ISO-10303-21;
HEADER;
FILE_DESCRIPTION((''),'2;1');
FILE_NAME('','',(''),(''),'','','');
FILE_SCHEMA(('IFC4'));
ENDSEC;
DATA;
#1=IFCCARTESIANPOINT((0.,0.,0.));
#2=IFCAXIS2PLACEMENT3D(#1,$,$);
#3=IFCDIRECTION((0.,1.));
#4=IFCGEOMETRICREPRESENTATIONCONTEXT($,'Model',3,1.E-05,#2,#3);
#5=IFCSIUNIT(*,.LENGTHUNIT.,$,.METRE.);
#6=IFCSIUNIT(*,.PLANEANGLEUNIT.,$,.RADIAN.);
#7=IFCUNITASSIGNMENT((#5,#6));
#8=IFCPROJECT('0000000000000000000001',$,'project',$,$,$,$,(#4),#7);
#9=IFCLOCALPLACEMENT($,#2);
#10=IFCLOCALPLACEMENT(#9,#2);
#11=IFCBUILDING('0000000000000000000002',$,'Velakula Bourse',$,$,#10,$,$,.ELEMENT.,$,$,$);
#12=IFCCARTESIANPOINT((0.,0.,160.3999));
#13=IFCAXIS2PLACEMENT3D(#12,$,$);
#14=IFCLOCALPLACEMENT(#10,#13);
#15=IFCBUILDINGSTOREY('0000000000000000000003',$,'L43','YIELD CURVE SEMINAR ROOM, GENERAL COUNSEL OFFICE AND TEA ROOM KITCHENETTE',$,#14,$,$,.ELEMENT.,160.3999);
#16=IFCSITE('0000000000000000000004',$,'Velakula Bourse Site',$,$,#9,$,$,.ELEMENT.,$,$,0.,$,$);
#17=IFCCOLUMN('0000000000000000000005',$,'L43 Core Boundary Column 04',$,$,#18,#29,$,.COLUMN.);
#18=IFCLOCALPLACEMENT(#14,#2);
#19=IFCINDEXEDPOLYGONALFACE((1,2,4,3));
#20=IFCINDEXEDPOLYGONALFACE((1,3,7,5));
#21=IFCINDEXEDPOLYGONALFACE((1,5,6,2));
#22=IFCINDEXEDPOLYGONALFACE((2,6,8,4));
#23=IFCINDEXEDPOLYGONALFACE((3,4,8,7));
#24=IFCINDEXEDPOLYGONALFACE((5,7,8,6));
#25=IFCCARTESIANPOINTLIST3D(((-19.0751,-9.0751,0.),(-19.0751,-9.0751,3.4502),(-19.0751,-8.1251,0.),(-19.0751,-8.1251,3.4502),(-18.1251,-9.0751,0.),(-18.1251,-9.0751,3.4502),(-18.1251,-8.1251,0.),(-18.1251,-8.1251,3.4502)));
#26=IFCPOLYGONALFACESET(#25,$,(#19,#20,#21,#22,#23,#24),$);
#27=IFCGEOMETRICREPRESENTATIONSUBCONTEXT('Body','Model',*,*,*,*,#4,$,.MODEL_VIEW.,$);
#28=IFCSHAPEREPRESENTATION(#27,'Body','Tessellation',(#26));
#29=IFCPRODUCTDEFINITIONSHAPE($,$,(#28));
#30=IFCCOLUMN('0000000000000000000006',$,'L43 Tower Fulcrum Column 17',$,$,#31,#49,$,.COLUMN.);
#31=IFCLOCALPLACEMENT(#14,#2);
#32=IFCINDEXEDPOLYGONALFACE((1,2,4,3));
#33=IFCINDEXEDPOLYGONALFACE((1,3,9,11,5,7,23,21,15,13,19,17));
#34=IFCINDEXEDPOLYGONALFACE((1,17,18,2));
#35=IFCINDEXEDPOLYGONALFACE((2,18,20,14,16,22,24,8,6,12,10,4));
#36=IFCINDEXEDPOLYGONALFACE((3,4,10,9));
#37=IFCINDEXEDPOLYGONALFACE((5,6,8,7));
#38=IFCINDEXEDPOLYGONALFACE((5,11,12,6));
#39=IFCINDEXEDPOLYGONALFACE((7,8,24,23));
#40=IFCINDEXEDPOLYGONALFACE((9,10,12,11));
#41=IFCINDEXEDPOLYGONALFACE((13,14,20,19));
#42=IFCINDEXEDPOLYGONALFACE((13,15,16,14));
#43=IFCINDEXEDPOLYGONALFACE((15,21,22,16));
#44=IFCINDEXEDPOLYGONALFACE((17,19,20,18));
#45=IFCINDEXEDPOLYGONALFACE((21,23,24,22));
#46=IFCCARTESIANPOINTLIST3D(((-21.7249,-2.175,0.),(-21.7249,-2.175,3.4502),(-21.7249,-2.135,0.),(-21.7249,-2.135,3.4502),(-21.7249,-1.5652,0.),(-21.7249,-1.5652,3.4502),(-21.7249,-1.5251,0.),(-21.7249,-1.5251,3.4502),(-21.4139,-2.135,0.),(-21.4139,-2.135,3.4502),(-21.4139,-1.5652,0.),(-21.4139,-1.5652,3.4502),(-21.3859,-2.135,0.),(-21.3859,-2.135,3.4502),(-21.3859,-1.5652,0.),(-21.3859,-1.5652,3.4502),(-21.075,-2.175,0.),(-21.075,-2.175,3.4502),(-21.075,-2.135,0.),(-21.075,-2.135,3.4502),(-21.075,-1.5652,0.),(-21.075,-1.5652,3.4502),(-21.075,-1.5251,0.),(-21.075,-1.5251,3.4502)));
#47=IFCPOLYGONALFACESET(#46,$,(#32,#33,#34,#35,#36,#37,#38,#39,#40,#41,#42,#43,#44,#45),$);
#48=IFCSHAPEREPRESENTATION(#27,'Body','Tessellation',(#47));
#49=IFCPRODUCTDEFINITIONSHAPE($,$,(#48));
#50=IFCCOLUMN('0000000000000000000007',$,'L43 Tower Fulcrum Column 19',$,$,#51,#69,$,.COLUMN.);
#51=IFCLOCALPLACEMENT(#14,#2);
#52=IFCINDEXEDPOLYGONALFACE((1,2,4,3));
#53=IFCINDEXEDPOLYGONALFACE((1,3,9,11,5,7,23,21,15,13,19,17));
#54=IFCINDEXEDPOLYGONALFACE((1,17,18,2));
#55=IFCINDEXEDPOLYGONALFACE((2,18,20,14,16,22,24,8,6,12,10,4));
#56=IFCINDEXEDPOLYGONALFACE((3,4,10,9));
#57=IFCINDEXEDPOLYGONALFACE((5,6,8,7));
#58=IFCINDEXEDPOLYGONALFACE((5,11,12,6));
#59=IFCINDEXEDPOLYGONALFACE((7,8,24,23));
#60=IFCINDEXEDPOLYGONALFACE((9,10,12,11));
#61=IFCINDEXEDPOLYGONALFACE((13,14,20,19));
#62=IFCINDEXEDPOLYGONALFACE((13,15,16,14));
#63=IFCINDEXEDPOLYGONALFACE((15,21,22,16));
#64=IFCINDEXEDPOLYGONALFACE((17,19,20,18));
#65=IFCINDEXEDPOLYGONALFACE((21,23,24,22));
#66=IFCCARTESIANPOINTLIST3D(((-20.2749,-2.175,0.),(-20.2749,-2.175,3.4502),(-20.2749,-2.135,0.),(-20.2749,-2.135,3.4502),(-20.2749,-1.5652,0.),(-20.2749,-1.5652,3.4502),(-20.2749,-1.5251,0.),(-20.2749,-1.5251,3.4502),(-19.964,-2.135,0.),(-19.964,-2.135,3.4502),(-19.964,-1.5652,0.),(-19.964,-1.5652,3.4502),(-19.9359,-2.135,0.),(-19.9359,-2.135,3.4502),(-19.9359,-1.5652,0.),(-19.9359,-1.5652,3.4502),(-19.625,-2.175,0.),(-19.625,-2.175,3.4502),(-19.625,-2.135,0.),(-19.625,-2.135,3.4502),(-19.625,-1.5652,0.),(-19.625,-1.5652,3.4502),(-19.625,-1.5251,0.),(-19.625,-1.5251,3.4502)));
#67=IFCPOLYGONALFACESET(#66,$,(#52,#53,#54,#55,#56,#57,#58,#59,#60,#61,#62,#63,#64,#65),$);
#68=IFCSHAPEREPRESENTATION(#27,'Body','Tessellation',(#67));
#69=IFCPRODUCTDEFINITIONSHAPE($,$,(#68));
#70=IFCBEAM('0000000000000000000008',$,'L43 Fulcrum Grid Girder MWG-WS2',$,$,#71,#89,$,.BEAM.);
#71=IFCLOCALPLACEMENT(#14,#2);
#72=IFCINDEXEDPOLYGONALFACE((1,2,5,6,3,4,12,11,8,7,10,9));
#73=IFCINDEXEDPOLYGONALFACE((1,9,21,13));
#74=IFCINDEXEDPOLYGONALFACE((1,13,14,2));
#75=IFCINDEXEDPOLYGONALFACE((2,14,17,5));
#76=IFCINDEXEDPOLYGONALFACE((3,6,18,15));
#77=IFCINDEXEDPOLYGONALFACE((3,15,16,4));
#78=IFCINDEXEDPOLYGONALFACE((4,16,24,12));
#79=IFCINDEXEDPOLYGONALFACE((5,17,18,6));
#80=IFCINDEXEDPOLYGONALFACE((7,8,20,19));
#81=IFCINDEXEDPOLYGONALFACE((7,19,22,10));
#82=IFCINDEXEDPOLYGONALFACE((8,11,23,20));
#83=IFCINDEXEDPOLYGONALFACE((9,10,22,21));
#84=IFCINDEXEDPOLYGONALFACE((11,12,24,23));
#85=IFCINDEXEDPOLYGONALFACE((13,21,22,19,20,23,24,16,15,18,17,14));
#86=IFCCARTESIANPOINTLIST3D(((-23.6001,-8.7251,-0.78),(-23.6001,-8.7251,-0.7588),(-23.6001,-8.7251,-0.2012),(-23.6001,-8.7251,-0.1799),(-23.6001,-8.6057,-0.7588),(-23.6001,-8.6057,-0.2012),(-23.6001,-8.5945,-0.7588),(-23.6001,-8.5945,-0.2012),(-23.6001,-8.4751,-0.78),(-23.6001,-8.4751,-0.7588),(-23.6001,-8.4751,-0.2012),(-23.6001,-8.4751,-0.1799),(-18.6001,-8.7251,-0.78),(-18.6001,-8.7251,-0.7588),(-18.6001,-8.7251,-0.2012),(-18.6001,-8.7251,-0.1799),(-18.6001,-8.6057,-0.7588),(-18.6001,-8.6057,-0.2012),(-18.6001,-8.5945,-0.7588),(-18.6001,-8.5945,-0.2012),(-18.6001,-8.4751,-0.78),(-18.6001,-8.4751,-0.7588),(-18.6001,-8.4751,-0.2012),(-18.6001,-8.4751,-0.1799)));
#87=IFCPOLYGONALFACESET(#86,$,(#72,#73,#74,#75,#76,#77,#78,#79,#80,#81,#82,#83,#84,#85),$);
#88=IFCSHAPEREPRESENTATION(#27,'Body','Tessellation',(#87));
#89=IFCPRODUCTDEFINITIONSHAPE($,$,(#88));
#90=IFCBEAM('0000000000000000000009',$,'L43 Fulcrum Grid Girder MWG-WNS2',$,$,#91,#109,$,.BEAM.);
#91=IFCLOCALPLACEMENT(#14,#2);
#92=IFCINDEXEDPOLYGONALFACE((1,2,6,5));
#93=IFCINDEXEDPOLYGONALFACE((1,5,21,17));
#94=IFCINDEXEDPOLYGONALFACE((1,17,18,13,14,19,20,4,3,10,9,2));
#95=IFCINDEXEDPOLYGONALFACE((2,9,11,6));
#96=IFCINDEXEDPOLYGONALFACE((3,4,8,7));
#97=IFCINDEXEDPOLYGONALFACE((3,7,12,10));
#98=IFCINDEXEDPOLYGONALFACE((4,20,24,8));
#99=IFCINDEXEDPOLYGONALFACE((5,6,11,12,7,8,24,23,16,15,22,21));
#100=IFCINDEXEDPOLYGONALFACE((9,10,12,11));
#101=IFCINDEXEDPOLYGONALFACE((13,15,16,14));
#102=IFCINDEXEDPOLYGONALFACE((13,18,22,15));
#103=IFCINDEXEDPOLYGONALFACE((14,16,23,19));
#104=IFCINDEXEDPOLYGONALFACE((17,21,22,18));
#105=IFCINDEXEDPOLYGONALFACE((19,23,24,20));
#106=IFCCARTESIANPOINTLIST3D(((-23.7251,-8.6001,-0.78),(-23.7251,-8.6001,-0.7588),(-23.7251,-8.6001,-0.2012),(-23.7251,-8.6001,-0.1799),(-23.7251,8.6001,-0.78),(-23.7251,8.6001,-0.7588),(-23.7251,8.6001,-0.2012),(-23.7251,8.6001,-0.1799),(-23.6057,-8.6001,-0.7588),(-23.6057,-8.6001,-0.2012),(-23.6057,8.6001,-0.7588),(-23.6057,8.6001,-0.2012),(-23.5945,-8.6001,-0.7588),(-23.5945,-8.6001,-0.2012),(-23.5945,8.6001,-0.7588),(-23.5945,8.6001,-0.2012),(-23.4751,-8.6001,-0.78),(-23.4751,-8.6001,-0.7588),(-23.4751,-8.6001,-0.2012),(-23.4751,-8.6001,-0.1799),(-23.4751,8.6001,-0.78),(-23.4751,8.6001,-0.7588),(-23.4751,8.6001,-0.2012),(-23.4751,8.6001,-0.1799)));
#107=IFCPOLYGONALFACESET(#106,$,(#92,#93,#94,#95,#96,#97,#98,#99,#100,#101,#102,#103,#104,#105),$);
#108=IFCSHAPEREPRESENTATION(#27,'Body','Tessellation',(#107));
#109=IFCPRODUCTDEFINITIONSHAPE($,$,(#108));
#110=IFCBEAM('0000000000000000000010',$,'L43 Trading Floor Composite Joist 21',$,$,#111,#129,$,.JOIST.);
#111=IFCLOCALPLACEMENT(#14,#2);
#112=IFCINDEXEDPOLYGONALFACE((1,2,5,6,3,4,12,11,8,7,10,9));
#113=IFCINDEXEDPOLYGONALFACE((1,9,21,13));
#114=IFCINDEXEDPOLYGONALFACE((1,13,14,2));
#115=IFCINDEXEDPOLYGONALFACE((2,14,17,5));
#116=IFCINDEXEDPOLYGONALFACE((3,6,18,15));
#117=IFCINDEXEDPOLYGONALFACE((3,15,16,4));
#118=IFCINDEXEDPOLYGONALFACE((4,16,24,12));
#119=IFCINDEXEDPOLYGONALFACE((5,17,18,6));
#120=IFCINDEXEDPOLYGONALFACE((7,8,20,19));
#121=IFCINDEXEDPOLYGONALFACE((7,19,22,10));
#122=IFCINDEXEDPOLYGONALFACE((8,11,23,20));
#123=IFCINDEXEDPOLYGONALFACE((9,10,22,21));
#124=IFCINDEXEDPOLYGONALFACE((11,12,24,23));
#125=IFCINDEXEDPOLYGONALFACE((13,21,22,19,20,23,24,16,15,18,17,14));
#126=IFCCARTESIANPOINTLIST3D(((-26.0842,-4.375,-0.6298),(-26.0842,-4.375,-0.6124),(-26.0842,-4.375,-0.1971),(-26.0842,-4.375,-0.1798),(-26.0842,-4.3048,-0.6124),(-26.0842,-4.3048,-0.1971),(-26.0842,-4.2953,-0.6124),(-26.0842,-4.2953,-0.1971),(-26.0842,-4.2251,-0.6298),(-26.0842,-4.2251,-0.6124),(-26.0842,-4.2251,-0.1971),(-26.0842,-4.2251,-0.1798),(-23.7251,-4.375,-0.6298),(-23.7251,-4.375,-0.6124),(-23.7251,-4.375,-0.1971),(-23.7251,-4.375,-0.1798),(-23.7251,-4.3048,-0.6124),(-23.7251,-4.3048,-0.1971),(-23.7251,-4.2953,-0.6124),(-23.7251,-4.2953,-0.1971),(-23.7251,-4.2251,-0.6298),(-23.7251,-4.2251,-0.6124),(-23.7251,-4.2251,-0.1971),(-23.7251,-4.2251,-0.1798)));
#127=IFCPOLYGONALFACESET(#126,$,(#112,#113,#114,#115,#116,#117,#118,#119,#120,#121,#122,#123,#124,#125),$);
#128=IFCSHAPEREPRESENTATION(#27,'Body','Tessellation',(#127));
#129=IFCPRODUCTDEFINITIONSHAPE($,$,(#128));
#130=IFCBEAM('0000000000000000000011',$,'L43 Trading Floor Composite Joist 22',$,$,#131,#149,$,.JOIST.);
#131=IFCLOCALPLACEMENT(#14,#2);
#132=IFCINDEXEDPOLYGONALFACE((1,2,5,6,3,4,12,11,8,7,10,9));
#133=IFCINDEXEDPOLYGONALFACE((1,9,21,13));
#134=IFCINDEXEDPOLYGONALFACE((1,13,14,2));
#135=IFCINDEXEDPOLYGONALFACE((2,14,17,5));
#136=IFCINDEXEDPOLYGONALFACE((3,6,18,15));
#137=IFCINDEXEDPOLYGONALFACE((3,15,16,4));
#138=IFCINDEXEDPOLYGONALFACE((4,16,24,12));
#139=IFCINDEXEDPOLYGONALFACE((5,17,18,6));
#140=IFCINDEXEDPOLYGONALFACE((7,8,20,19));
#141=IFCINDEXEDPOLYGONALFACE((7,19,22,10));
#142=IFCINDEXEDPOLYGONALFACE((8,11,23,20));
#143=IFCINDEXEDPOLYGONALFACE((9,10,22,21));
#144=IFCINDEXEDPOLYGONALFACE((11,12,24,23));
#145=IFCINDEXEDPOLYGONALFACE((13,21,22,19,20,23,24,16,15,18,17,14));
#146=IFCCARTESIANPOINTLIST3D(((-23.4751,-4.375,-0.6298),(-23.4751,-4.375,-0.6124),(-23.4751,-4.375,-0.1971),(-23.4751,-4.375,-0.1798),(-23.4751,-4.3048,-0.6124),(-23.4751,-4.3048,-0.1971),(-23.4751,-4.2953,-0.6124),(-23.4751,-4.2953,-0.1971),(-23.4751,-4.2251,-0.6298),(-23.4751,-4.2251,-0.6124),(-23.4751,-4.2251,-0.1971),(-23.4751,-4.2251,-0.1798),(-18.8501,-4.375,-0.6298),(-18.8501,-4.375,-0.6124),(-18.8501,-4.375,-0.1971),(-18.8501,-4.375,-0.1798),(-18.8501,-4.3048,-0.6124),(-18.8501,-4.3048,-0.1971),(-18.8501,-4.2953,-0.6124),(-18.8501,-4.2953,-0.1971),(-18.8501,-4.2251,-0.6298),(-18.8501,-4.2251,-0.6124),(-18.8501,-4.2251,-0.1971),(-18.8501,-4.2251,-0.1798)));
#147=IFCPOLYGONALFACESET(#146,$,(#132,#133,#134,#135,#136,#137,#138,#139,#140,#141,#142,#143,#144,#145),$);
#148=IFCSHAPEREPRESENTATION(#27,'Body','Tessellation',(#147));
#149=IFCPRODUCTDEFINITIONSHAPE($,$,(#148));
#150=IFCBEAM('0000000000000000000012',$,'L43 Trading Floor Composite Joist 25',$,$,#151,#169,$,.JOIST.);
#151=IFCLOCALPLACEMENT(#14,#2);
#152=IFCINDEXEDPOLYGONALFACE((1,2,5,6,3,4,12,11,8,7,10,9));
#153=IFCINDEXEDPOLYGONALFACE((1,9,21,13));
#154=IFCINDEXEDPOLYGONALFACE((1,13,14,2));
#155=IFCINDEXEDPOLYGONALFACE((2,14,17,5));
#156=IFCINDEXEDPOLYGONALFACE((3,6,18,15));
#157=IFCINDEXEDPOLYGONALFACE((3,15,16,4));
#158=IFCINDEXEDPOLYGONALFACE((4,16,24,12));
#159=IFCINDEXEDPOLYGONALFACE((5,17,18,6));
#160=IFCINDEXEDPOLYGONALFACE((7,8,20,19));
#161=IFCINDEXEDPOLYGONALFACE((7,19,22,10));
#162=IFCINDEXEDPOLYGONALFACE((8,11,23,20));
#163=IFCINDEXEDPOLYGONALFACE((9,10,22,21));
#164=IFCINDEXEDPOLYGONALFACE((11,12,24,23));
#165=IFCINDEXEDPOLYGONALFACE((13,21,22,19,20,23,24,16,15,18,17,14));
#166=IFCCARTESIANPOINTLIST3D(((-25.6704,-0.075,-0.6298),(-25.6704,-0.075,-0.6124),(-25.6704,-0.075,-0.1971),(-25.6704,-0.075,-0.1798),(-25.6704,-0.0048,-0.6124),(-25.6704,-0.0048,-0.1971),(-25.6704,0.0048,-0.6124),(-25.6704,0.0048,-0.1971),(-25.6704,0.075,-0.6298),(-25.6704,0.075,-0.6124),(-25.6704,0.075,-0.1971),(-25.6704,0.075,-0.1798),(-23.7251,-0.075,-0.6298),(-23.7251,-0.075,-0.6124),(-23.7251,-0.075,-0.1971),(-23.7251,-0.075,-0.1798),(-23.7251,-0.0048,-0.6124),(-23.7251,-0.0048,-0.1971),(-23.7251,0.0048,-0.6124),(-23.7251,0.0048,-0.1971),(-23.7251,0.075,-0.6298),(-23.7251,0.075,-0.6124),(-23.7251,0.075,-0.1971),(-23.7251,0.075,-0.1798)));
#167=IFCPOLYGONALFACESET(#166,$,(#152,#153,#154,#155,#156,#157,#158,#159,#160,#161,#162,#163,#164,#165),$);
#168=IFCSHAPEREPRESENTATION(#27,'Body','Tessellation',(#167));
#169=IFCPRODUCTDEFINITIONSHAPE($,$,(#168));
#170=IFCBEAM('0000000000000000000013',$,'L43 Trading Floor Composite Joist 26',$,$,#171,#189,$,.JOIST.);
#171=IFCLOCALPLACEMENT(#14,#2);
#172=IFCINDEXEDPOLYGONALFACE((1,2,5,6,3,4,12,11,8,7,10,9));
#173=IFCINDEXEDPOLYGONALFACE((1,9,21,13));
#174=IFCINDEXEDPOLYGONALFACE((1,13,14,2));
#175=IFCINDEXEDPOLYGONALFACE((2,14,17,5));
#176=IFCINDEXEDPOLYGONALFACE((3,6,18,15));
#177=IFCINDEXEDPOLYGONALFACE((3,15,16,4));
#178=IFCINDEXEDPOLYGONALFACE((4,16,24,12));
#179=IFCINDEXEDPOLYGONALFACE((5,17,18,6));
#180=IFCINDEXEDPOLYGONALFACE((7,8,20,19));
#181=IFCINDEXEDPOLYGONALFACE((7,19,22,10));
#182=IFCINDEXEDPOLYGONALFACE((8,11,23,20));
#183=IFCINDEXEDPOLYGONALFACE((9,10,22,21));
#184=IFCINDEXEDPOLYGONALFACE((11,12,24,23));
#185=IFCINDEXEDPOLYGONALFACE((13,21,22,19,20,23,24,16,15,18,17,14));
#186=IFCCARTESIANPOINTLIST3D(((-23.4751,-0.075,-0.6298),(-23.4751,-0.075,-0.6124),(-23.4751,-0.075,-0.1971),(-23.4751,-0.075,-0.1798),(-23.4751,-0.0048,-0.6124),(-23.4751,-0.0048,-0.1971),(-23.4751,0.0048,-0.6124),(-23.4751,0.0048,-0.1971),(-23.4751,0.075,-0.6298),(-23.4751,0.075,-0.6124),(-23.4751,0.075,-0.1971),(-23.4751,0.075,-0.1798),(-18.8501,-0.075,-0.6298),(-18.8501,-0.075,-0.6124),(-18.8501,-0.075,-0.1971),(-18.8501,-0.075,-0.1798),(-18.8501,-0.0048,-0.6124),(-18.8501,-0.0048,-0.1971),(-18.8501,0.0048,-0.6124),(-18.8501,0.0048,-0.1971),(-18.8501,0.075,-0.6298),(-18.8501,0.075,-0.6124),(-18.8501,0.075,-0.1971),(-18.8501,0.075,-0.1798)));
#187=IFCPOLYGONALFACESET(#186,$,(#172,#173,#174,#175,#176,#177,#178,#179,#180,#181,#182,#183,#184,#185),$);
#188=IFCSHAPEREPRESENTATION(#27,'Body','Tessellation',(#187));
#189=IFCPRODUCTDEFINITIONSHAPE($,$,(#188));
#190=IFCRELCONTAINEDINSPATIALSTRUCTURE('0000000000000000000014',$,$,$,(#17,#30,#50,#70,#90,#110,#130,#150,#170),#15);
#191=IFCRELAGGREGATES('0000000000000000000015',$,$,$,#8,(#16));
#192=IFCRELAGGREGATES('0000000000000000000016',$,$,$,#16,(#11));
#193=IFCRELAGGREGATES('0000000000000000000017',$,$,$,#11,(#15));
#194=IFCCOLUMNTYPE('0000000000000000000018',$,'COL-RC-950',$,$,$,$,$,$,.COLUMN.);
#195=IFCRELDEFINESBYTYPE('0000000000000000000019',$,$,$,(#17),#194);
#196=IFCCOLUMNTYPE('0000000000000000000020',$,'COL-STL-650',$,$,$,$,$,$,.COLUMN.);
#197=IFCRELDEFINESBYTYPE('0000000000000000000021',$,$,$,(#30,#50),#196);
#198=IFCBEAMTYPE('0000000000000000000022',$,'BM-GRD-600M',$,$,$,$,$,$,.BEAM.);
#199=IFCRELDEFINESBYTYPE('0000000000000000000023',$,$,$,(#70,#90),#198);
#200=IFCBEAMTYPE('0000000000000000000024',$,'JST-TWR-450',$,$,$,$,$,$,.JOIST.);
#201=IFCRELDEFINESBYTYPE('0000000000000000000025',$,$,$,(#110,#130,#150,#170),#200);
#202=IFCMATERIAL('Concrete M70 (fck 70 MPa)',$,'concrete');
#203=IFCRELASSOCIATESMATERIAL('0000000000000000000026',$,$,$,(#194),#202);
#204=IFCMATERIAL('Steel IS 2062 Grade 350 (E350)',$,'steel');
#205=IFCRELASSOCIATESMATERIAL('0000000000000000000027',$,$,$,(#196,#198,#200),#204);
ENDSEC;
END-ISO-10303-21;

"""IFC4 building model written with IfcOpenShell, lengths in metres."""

from ifc_helpers import new_model, si_unit, direction, frame, origin, origin_2d, place, context, subcontext, project, spatial, rectangle, i_section, extrude, material, material_profile, profile_set, type_object, element, save


model = new_model("IFC4")

# Units and contexts
model_context = context("Model", 3, precision=1e-05, world=origin(), true_north=direction((0.0, 1.0)))
body_context = subcontext(model_context, "Body", "Model", "MODEL_VIEW")
ifc_project = project(units=[si_unit("LENGTHUNIT", "METRE"), si_unit("PLANEANGLEUNIT", "RADIAN")], contexts=[model_context])

# Site, building, storey
site_placement = place(None, origin())
site = spatial("IfcSite", under=ifc_project, at=site_placement, Name="Velakula Bourse Site", CompositionType="ELEMENT", RefElevation=0.0)
building_placement = place(site_placement, origin())
building = spatial("IfcBuilding", under=site, at=building_placement, Name="Velakula Bourse", CompositionType="ELEMENT")
storey_placement = place(building_placement, frame((0.0, 0.0, 160.3999)))
storey = spatial("IfcBuildingStorey", under=building, at=storey_placement, Name="L43", Description="YIELD CURVE SEMINAR ROOM, GENERAL COUNSEL OFFICE AND TEA ROOM KITCHENETTE", CompositionType="ELEMENT", Elevation=160.3999)

# Columns
ifc_material_1 = material(Name="Concrete M70 (fck 70 MPa)", Category="concrete")
ifc_material_profile_1 = material_profile(ifc_material_1, rectangle(XDim=0.95, YDim=0.95, at=origin_2d()), Name="Concrete M70 (fck 70 MPa)")
ifc_profile_set_1 = profile_set([ifc_material_profile_1], Name="Concrete M70 (fck 70 MPa)")
column_type_1 = type_object("IfcColumnType", Name="COL-RC-950", PredefinedType="COLUMN", material=ifc_profile_set_1)
column_placement = place(storey_placement, frame((-18.6001, -8.6001, 0.0), z_axis=(0.0, 0.0, 1.0), x_axis=(1.0, 0.0, 0.0)))
element("IfcColumn", 1, at=column_placement, inside=storey, type_object=column_type_1, Name="L43 Core Boundary Column 04", PredefinedType="COLUMN", context=body_context, shape_type="SweptSolid", body=[
    extrude(rectangle(XDim=0.95, YDim=0.95, at=origin_2d()), origin(), (0.0, 0.0, 1.0), 3.4502),
])
ifc_material_2 = material(Name="Steel IS 2062 Grade 350 (E350)", Category="steel")
ifc_material_profile_2 = material_profile(ifc_material_2, i_section(OverallWidth=0.6499, OverallDepth=0.6499, WebThickness=0.0281, FlangeThickness=0.04, at=origin_2d()), Name="Steel IS 2062 Grade 350 (E350)")
ifc_profile_set_2 = profile_set([ifc_material_profile_2], Name="Steel IS 2062 Grade 350 (E350)")
column_type_2 = type_object("IfcColumnType", Name="COL-STL-650", PredefinedType="COLUMN", material=ifc_profile_set_2)
for number, where, z_axis, x_axis, name in (
    (2, (-21.3999, -1.8501, 0.0), (0.0, 0.0, 1.0), (1.0, 0.0, 0.0), "L43 Tower Fulcrum Column 17"),
    (3, (-19.95, -1.8501, 0.0), (0.0, 0.0, 1.0), (1.0, 0.0, 0.0), "L43 Tower Fulcrum Column 19"),
):
    element("IfcColumn", number, at=place(storey_placement, frame(where, z_axis=z_axis, x_axis=x_axis)), inside=storey, type_object=column_type_2, Name=name, PredefinedType="COLUMN", context=body_context, shape_type="SweptSolid", body=[
        extrude(i_section(OverallWidth=0.6499, OverallDepth=0.6499, WebThickness=0.0281, FlangeThickness=0.04, at=origin_2d()), origin(), (0.0, 0.0, 1.0), 3.4502),
    ])

# Beams
ifc_material_profile_3 = material_profile(ifc_material_2, i_section(OverallWidth=0.25, OverallDepth=0.6001, WebThickness=0.0112, FlangeThickness=0.0212, at=origin_2d()), Name="Steel IS 2062 Grade 350 (E350)")
ifc_profile_set_3 = profile_set([ifc_material_profile_3], Name="Steel IS 2062 Grade 350 (E350)")
beam_type_1 = type_object("IfcBeamType", Name="BM-GRD-600M", PredefinedType="BEAM", material=ifc_profile_set_3)
beam_1_placement = place(storey_placement, frame((-23.6001, -8.6001, -0.48), z_axis=(1.0, 0.0, 0.0), x_axis=(0.0, 1.0, 0.0)))
element("IfcBeam", 4, at=beam_1_placement, inside=storey, type_object=beam_type_1, Name="L43 Fulcrum Grid Girder MWG-WS2", PredefinedType="BEAM", context=body_context, shape_type="SweptSolid", body=[
    extrude(i_section(OverallWidth=0.25, OverallDepth=0.6001, WebThickness=0.0112, FlangeThickness=0.0212, at=origin_2d()), origin(), (0.0, 0.0, 1.0), 5.0),
])
beam_2_placement = place(storey_placement, frame((-23.6001, -8.6001, -0.48), z_axis=(0.0, 1.0, 0.0), x_axis=(-1.0, 0.0, 0.0)))
element("IfcBeam", 5, at=beam_2_placement, inside=storey, type_object=beam_type_1, Name="L43 Fulcrum Grid Girder MWG-WNS2", PredefinedType="BEAM", context=body_context, shape_type="SweptSolid", body=[
    extrude(i_section(OverallWidth=0.25, OverallDepth=0.6001, WebThickness=0.0112, FlangeThickness=0.0212, at=origin_2d()), origin(), (0.0, 0.0, 1.0), 17.2002),
])
ifc_material_profile_4 = material_profile(ifc_material_2, i_section(OverallWidth=0.1499, OverallDepth=0.45, WebThickness=0.0095, FlangeThickness=0.0173, at=origin_2d()), Name="Steel IS 2062 Grade 350 (E350)")
ifc_profile_set_4 = profile_set([ifc_material_profile_4], Name="Steel IS 2062 Grade 350 (E350)")
beam_type_2 = type_object("IfcBeamType", Name="JST-TWR-450", PredefinedType="JOIST", material=ifc_profile_set_4)
beam_3_placement = place(storey_placement, frame((-26.0842, -4.3, -0.4048), z_axis=(1.0, 0.0, 0.0), x_axis=(0.0, 1.0, 0.0)))
element("IfcBeam", 6, at=beam_3_placement, inside=storey, type_object=beam_type_2, Name="L43 Trading Floor Composite Joist 21", PredefinedType="JOIST", context=body_context, shape_type="SweptSolid", body=[
    extrude(i_section(OverallWidth=0.1499, OverallDepth=0.45, WebThickness=0.0095, FlangeThickness=0.0173, at=origin_2d()), origin(), (0.0, 0.0, 1.0), 2.3591),
])
beam_4_placement = place(storey_placement, frame((-23.4751, -4.3, -0.4048), z_axis=(1.0, 0.0, 0.0), x_axis=(0.0, 1.0, 0.0)))
element("IfcBeam", 7, at=beam_4_placement, inside=storey, type_object=beam_type_2, Name="L43 Trading Floor Composite Joist 22", PredefinedType="JOIST", context=body_context, shape_type="SweptSolid", body=[
    extrude(i_section(OverallWidth=0.1499, OverallDepth=0.45, WebThickness=0.0095, FlangeThickness=0.0173, at=origin_2d()), origin(), (0.0, 0.0, 1.0), 4.625),
])
beam_5_placement = place(storey_placement, frame((-25.6704, 0.0, -0.4048), z_axis=(1.0, 0.0, 0.0), x_axis=(0.0, 1.0, 0.0)))
element("IfcBeam", 8, at=beam_5_placement, inside=storey, type_object=beam_type_2, Name="L43 Trading Floor Composite Joist 25", PredefinedType="JOIST", context=body_context, shape_type="SweptSolid", body=[
    extrude(i_section(OverallWidth=0.1499, OverallDepth=0.45, WebThickness=0.0095, FlangeThickness=0.0173, at=origin_2d()), origin(), (0.0, 0.0, 1.0), 1.9453),
])
beam_6_placement = place(storey_placement, frame((-23.4751, 0.0, -0.4048), z_axis=(1.0, 0.0, 0.0), x_axis=(0.0, 1.0, 0.0)))
element("IfcBeam", 9, at=beam_6_placement, inside=storey, type_object=beam_type_2, Name="L43 Trading Floor Composite Joist 26", PredefinedType="JOIST", context=body_context, shape_type="SweptSolid", body=[
    extrude(i_section(OverallWidth=0.1499, OverallDepth=0.45, WebThickness=0.0095, FlangeThickness=0.0173, at=origin_2d()), origin(), (0.0, 0.0, 1.0), 4.625),
])

save(model, "model.ifc")
